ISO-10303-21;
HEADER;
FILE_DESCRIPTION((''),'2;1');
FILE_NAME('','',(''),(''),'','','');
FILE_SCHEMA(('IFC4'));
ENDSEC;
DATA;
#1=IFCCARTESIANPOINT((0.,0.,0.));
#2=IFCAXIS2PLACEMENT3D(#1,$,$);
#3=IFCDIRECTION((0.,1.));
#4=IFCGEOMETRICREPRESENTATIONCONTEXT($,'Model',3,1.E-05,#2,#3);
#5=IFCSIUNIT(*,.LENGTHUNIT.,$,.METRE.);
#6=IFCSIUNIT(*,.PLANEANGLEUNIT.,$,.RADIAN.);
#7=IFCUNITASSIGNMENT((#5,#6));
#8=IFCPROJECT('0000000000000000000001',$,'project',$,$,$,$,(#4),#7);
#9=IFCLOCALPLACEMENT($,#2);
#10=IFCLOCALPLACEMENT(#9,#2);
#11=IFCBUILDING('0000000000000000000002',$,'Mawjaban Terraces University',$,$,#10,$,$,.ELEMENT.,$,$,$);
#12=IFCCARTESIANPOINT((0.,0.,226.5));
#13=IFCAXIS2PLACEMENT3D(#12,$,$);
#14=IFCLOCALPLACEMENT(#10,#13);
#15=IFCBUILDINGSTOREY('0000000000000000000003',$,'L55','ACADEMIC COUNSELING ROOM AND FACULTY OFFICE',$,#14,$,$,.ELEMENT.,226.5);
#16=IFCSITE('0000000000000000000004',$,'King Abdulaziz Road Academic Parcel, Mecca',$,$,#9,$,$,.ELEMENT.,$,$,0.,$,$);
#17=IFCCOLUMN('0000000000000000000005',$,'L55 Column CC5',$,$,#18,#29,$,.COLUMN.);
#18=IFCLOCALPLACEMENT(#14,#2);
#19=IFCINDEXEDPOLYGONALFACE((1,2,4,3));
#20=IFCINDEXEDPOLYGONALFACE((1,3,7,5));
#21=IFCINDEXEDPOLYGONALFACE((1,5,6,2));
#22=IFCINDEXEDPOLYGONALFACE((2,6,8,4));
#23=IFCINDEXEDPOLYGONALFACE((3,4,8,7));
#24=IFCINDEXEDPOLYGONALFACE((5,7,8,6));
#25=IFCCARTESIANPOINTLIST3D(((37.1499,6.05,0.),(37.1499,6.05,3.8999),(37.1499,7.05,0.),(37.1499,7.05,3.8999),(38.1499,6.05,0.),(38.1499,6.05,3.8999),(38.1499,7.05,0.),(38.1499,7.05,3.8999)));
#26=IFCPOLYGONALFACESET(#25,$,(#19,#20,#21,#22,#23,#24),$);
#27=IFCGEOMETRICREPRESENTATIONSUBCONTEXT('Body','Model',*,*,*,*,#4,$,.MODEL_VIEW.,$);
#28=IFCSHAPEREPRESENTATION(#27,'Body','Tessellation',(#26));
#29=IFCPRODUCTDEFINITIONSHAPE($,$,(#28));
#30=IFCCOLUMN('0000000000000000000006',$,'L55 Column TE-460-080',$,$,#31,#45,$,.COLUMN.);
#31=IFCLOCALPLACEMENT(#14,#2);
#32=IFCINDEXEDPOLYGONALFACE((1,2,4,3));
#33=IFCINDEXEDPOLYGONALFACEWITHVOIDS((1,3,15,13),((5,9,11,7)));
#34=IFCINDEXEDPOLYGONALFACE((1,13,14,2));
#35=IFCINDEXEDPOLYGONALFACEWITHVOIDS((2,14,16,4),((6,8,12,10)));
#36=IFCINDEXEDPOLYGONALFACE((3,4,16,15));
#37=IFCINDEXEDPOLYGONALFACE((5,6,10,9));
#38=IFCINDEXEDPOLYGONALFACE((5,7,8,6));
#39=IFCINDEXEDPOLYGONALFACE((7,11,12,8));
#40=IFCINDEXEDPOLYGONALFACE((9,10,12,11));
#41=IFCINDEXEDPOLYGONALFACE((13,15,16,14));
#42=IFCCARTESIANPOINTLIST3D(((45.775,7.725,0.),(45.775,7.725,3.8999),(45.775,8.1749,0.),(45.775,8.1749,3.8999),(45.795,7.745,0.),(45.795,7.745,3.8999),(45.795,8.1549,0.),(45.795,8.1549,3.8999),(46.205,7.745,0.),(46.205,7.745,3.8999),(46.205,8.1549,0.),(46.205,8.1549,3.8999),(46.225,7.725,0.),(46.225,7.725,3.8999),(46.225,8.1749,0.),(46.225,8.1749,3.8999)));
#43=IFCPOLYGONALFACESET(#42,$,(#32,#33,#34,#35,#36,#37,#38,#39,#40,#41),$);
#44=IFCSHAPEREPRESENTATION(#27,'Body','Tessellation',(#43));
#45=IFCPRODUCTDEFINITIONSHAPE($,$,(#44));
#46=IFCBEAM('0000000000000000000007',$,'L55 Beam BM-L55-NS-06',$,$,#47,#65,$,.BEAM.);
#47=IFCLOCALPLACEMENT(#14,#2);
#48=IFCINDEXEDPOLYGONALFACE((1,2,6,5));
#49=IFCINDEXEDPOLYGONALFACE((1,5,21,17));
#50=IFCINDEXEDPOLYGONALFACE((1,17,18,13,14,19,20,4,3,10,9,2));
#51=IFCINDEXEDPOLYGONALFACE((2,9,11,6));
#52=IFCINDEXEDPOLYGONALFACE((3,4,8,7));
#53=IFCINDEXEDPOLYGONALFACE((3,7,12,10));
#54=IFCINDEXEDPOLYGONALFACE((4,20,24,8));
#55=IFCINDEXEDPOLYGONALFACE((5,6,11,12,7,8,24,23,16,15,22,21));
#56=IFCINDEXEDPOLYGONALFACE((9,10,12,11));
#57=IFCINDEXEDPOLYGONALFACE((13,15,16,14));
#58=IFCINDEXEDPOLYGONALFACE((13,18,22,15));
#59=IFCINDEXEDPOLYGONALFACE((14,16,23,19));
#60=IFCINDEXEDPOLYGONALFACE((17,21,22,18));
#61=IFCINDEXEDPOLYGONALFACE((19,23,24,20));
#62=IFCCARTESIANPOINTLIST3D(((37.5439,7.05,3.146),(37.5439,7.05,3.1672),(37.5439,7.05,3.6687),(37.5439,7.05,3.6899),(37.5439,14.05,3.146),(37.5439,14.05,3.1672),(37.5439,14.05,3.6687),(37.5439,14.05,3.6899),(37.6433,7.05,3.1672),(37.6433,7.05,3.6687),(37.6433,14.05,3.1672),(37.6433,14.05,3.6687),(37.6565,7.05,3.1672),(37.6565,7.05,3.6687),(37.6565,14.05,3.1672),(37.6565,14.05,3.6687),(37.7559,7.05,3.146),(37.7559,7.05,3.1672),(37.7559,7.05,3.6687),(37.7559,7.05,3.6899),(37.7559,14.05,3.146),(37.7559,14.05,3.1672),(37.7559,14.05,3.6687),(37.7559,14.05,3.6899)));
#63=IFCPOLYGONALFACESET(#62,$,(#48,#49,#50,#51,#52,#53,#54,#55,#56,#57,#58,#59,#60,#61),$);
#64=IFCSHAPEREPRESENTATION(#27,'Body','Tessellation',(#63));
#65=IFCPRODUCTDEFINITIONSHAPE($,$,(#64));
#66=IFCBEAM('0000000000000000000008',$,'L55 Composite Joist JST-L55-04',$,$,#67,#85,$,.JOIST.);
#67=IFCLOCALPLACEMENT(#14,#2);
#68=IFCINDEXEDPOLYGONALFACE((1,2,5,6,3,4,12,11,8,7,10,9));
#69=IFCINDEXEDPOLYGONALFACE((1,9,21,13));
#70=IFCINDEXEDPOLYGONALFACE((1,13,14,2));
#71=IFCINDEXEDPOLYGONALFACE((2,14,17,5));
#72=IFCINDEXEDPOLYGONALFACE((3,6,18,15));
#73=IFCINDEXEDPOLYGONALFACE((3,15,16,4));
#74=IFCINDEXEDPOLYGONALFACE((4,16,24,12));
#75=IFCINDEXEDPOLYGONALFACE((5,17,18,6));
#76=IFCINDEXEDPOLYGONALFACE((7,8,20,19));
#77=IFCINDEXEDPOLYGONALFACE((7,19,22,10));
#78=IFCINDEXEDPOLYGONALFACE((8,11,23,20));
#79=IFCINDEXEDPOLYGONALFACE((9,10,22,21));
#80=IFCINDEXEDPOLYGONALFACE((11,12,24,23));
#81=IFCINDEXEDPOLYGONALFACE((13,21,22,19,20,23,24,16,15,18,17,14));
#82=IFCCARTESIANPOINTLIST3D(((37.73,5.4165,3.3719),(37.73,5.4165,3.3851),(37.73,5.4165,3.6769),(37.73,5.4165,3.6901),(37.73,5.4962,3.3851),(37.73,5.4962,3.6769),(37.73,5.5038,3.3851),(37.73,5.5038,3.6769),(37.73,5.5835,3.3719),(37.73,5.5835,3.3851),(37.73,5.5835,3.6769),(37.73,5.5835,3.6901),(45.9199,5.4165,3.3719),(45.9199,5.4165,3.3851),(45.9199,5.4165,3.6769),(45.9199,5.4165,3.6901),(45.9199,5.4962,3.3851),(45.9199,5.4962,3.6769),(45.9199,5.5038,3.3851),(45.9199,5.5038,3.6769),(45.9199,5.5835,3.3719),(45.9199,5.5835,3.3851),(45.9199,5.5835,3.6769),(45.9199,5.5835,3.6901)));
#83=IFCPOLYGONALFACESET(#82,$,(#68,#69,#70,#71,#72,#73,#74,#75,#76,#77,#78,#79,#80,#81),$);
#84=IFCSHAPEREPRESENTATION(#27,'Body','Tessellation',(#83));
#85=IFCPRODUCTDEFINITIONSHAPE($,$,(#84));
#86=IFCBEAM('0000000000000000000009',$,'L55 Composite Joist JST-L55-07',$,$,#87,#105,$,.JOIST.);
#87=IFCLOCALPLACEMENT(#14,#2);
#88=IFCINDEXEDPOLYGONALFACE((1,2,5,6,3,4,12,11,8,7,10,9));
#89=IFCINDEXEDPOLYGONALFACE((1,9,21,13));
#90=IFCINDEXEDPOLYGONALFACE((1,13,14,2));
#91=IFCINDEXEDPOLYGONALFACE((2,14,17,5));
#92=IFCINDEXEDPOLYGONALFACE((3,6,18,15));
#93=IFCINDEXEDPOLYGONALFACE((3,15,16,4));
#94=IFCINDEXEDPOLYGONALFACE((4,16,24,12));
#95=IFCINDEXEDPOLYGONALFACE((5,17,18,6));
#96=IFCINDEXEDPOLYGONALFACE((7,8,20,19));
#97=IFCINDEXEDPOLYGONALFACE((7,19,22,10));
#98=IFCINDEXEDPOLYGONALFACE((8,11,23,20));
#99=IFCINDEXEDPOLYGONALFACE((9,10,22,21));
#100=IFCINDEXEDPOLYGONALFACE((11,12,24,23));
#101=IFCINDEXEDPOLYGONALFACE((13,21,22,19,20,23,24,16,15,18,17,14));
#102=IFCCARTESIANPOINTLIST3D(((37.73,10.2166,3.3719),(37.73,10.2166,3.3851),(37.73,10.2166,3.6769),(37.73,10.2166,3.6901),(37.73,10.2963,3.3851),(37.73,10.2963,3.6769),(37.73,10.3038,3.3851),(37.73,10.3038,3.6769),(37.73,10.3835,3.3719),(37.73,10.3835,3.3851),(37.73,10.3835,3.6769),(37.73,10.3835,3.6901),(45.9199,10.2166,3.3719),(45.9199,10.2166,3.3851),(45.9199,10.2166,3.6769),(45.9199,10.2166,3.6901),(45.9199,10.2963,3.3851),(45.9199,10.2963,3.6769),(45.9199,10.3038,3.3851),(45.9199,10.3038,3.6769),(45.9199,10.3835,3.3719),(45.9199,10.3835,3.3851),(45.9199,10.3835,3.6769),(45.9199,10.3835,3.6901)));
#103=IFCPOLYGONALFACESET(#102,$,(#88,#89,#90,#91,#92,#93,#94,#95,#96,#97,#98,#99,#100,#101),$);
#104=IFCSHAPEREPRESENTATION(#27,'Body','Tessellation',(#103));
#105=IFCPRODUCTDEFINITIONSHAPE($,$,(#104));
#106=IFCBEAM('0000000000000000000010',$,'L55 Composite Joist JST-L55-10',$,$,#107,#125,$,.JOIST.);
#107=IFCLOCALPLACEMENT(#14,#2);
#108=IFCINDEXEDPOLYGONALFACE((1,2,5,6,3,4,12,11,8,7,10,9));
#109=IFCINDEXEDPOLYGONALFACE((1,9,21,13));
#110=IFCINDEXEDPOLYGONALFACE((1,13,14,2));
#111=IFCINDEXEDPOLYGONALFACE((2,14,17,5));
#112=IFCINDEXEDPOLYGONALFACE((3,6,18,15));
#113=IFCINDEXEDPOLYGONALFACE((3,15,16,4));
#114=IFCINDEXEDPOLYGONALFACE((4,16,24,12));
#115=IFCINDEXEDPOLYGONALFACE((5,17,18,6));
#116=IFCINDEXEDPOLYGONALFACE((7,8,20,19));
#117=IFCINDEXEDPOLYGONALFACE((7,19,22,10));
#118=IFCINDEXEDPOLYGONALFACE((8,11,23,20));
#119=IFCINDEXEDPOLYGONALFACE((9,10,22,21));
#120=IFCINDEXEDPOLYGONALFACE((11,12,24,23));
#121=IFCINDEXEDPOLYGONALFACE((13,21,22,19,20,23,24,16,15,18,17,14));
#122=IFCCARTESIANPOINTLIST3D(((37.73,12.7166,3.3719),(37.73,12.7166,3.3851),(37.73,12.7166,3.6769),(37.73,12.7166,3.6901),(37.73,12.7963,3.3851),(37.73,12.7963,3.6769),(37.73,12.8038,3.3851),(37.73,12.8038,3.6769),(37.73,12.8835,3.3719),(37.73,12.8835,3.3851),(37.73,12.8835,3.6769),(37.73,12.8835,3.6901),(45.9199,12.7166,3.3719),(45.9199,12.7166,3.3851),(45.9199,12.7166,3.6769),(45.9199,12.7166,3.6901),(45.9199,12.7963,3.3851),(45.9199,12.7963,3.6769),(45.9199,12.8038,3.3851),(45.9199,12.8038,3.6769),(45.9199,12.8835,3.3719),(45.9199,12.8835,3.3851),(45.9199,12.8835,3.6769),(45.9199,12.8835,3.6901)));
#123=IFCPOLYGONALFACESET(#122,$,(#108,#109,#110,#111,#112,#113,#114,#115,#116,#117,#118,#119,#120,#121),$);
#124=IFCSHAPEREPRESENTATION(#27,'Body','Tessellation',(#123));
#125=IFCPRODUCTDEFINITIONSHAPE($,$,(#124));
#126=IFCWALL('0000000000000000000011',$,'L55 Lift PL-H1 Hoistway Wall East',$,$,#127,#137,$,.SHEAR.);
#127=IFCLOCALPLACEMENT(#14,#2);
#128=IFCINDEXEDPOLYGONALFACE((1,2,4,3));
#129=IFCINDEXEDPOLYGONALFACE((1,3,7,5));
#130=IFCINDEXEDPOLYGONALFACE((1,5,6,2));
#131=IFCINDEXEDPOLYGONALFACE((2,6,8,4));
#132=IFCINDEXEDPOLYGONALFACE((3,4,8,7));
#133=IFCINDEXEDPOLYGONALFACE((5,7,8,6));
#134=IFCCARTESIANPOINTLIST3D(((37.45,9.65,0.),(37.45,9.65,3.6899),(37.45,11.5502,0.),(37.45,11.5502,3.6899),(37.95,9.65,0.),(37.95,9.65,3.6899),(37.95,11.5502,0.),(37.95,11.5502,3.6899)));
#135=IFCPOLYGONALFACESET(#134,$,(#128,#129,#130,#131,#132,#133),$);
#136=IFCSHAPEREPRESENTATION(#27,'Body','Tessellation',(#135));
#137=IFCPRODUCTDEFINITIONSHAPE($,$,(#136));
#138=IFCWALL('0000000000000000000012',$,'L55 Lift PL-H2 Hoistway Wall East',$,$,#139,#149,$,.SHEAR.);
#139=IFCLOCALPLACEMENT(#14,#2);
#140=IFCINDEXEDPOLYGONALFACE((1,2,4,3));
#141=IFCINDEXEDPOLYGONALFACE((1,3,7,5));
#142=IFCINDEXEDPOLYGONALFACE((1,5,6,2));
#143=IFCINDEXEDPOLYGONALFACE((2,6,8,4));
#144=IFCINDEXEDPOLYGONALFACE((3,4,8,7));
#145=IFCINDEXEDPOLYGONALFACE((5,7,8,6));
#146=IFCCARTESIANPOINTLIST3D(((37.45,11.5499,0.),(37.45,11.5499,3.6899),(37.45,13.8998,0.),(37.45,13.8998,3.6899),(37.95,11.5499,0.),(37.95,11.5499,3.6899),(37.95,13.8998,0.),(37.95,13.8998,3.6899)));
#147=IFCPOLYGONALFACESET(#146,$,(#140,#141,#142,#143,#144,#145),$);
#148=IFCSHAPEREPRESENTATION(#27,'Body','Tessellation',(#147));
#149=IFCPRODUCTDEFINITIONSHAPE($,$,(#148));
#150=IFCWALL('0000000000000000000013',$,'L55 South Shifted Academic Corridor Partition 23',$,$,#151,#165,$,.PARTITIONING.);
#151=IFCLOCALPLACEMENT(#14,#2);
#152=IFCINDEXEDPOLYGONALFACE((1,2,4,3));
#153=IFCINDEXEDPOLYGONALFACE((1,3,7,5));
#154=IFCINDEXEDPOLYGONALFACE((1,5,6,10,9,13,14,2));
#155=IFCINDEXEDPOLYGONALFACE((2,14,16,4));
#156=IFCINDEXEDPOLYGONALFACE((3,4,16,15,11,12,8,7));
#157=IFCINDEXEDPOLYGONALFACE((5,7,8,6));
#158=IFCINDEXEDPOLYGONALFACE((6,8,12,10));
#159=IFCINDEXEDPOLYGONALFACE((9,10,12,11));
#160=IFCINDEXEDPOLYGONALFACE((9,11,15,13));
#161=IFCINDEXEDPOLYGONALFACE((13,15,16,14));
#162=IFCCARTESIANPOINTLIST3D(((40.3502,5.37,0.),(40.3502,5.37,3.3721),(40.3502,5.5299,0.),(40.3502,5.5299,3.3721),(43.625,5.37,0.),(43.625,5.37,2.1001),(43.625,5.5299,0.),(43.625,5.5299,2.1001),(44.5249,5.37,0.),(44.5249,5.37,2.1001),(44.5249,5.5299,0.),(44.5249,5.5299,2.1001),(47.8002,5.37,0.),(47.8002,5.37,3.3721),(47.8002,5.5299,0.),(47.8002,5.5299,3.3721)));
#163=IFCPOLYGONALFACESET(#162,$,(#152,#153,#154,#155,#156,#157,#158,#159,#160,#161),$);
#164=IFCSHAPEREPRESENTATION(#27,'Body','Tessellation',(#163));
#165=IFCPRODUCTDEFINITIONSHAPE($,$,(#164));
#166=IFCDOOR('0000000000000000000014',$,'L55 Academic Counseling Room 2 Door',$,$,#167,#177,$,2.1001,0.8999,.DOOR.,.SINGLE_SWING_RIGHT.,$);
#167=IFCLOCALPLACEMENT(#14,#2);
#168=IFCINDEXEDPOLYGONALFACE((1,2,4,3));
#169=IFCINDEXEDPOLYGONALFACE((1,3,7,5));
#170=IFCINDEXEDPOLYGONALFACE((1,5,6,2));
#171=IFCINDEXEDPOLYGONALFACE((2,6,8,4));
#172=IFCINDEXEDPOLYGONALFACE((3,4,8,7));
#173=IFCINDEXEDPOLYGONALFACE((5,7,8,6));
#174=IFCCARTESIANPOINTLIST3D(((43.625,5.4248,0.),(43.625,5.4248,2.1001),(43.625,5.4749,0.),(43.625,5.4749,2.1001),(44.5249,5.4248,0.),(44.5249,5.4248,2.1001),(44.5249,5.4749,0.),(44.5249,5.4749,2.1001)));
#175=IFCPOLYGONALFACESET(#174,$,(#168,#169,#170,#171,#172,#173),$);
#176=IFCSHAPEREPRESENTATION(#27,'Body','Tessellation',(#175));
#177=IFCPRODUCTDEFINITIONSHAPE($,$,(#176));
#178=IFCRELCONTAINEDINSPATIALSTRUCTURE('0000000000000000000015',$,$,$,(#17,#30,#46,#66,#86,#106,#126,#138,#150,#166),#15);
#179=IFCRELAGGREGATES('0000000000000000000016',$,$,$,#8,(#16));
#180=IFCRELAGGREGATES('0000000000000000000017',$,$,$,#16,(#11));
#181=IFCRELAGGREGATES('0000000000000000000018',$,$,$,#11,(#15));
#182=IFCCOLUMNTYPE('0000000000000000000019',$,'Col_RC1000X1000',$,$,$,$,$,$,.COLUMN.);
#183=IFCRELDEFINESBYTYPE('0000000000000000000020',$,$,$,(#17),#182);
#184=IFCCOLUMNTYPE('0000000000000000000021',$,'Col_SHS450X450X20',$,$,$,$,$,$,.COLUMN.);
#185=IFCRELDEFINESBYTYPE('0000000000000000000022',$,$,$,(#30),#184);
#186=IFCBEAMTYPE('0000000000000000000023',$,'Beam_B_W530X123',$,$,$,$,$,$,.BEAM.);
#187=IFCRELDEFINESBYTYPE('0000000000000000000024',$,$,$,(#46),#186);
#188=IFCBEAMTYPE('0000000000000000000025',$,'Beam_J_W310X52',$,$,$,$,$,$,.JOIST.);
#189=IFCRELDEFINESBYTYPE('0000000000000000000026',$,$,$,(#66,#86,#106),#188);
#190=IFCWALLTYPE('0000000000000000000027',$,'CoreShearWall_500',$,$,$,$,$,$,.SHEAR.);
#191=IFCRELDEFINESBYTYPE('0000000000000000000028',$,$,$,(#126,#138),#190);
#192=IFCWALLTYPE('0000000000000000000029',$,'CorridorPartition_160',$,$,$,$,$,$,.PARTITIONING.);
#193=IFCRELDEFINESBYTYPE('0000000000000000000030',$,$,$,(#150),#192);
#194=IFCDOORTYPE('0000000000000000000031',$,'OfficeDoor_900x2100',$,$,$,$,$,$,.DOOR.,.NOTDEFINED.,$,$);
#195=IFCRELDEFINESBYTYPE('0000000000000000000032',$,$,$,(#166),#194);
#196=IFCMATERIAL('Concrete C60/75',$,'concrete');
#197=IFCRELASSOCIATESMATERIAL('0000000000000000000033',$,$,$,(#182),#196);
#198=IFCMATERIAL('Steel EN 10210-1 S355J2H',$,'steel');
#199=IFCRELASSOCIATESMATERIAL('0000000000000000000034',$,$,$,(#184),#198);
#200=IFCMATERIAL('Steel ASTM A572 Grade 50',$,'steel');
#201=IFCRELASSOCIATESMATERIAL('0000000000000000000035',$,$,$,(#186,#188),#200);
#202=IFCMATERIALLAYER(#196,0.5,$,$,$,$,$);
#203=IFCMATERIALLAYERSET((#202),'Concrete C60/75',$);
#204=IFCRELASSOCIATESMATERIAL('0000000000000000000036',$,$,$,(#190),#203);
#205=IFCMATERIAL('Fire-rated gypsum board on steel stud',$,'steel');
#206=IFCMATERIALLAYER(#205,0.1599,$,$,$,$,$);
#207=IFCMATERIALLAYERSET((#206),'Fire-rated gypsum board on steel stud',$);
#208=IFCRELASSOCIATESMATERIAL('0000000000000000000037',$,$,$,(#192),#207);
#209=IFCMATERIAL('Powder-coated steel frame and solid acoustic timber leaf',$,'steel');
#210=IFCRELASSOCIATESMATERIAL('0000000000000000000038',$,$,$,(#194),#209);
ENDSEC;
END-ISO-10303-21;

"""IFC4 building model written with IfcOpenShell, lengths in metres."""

from ifc_helpers import new_model, si_unit, direction, frame, frame_2d, origin, origin_2d, place, context, subcontext, project, spatial, rectangle, hollow_rectangle, i_section, extrude, material, layer, layer_set, material_profile, profile_set, type_object, element, fill, save


model = new_model("IFC4")

# Units and contexts
model_context = context("Model", 3, precision=1e-05, world=origin(), true_north=direction((0.0, 1.0)))
body_context = subcontext(model_context, "Body", "Model", "MODEL_VIEW")
ifc_project = project(units=[si_unit("LENGTHUNIT", "METRE"), si_unit("PLANEANGLEUNIT", "RADIAN")], contexts=[model_context])

# Site, building, storey
site_placement = place(None, origin())
site = spatial("IfcSite", under=ifc_project, at=site_placement, Name="King Abdulaziz Road Academic Parcel, Mecca", CompositionType="ELEMENT", RefElevation=0.0)
building_placement = place(site_placement, origin())
building = spatial("IfcBuilding", under=site, at=building_placement, Name="Mawjaban Terraces University", CompositionType="ELEMENT")
storey_placement = place(building_placement, frame((0.0, 0.0, 226.5)))
storey = spatial("IfcBuildingStorey", under=building, at=storey_placement, Name="L55", Description="ACADEMIC COUNSELING ROOM AND FACULTY OFFICE", CompositionType="ELEMENT", Elevation=226.5)

# Columns
ifc_material_1 = material(Name="Concrete C60/75", Category="concrete")
ifc_material_profile_1 = material_profile(ifc_material_1, rectangle(XDim=1.0, YDim=1.0, at=origin_2d()), Name="RC1000X1000")
ifc_profile_set_1 = profile_set([ifc_material_profile_1], Name="Concrete C60/75")
column_type_1 = type_object("IfcColumnType", Name="Col_RC1000X1000", PredefinedType="COLUMN", material=ifc_profile_set_1)
column_1_placement = place(storey_placement, frame((37.6499, 6.55, 0.0), z_axis=(0.0, 0.0, 1.0), x_axis=(1.0, 0.0, 0.0)))
element("IfcColumn", 1, at=column_1_placement, inside=storey, type_object=column_type_1, Name="L55 Column CC5", PredefinedType="COLUMN", context=body_context, shape_type="SweptSolid", body=[
    extrude(rectangle(XDim=1.0, YDim=1.0, at=origin_2d()), origin(), (0.0, 0.0, 1.0), 3.8999),
])
ifc_material_2 = material(Name="Steel EN 10210-1 S355J2H", Category="steel")
ifc_material_profile_2 = material_profile(ifc_material_2, hollow_rectangle(XDim=0.45, YDim=0.45, WallThickness=0.02, at=origin_2d()), Name="SHS450X450X20")
ifc_profile_set_2 = profile_set([ifc_material_profile_2], Name="Steel EN 10210-1 S355J2H")
column_type_2 = type_object("IfcColumnType", Name="Col_SHS450X450X20", PredefinedType="COLUMN", material=ifc_profile_set_2)
column_2_placement = place(storey_placement, frame((46.0, 7.95, 0.0), z_axis=(0.0, 0.0, 1.0), x_axis=(1.0, 0.0, 0.0)))
element("IfcColumn", 2, at=column_2_placement, inside=storey, type_object=column_type_2, Name="L55 Column TE-460-080", PredefinedType="COLUMN", context=body_context, shape_type="SweptSolid", body=[
    extrude(hollow_rectangle(XDim=0.45, YDim=0.45, WallThickness=0.02, at=origin_2d()), origin(), (0.0, 0.0, 1.0), 3.8999),
])

# Beams
ifc_material_3 = material(Name="Steel ASTM A572 Grade 50", Category="steel")
ifc_material_profile_3 = material_profile(ifc_material_3, i_section(OverallWidth=0.2119, OverallDepth=0.5439, WebThickness=0.0132, FlangeThickness=0.0212, at=origin_2d()), Name="W530X123")
ifc_profile_set_3 = profile_set([ifc_material_profile_3], Name="Steel ASTM A572 Grade 50")
beam_type_1 = type_object("IfcBeamType", Name="Beam_B_W530X123", PredefinedType="BEAM", material=ifc_profile_set_3)
beam_placement = place(storey_placement, frame((37.6499, 7.05, 3.418), z_axis=(0.0, 1.0, 0.0), x_axis=(-1.0, 0.0, 0.0)))
element("IfcBeam", 3, at=beam_placement, inside=storey, type_object=beam_type_1, Name="L55 Beam BM-L55-NS-06", PredefinedType="BEAM", context=body_context, shape_type="SweptSolid", body=[
    extrude(i_section(OverallWidth=0.2119, OverallDepth=0.5439, WebThickness=0.0132, FlangeThickness=0.0212, at=origin_2d()), origin(), (0.0, 0.0, 1.0), 7.0),
])
ifc_material_profile_4 = material_profile(ifc_material_3, i_section(OverallWidth=0.167, OverallDepth=0.3181, WebThickness=0.0076, FlangeThickness=0.0132, at=origin_2d()), Name="W310X52")
ifc_profile_set_4 = profile_set([ifc_material_profile_4], Name="Steel ASTM A572 Grade 50")
beam_type_2 = type_object("IfcBeamType", Name="Beam_J_W310X52", PredefinedType="JOIST", material=ifc_profile_set_4)
for number, where, z_axis, x_axis, name in (
    (4, (37.73, 5.5, 3.531), (1.0, 0.0, 0.0), (0.0, 1.0, 0.0), "L55 Composite Joist JST-L55-04"),
    (5, (37.73, 10.3, 3.531), (1.0, 0.0, 0.0), (0.0, 1.0, 0.0), "L55 Composite Joist JST-L55-07"),
    (6, (37.73, 12.8, 3.531), (1.0, 0.0, 0.0), (0.0, 1.0, 0.0), "L55 Composite Joist JST-L55-10"),
):
    element("IfcBeam", number, at=place(storey_placement, frame(where, z_axis=z_axis, x_axis=x_axis)), inside=storey, type_object=beam_type_2, Name=name, PredefinedType="JOIST", context=body_context, shape_type="SweptSolid", body=[
        extrude(i_section(OverallWidth=0.167, OverallDepth=0.3181, WebThickness=0.0076, FlangeThickness=0.0132, at=origin_2d()), origin(), (0.0, 0.0, 1.0), 8.1899),
    ])

# Walls
ifc_layer_1 = layer(ifc_material_1, 0.5)
ifc_layer_set_1 = layer_set([ifc_layer_1], Name="Concrete C60/75")
wall_type_1 = type_object("IfcWallType", Name="CoreShearWall_500", PredefinedType="SHEAR", material=ifc_layer_set_1)
wall_1_placement = place(storey_placement, frame((37.7, 9.6499, 0.0), z_axis=(0.0, 0.0, 1.0), x_axis=(0.0, 1.0, 0.0)))
element("IfcWall", 7, at=wall_1_placement, inside=storey, type_object=wall_type_1, Name="L55 Lift PL-H1 Hoistway Wall East", PredefinedType="SHEAR", context=body_context, shape_type="SweptSolid", body=[
    extrude(rectangle(XDim=1.9001, YDim=0.5, at=frame_2d((0.9502, 0.0))), origin(), (0.0, 0.0, 1.0), 3.6899),
])
wall_2_placement = place(storey_placement, frame((37.7, 11.55, 0.0), z_axis=(0.0, 0.0, 1.0), x_axis=(0.0, 1.0, 0.0)))
element("IfcWall", 8, at=wall_2_placement, inside=storey, type_object=wall_type_1, Name="L55 Lift PL-H2 Hoistway Wall East", PredefinedType="SHEAR", context=body_context, shape_type="SweptSolid", body=[
    extrude(rectangle(XDim=2.3499, YDim=0.5, at=frame_2d((1.1748, 0.0))), origin(), (0.0, 0.0, 1.0), 3.6899),
])

# Wall, opening, door
ifc_material_4 = material(Name="Fire-rated gypsum board on steel stud", Category="steel")
ifc_layer_2 = layer(ifc_material_4, 0.1599)
ifc_layer_set_2 = layer_set([ifc_layer_2], Name="Fire-rated gypsum board on steel stud")
wall_type_2 = type_object("IfcWallType", Name="CorridorPartition_160", PredefinedType="PARTITIONING", material=ifc_layer_set_2)
wall_3_placement = place(storey_placement, frame((40.3501, 5.45, 0.0), z_axis=(0.0, 0.0, 1.0), x_axis=(1.0, 0.0, 0.0)))
wall_3 = element("IfcWall", 9, at=wall_3_placement, inside=storey, type_object=wall_type_2, Name="L55 South Shifted Academic Corridor Partition 23", PredefinedType="PARTITIONING", context=body_context, shape_type="SweptSolid", body=[
    extrude(rectangle(XDim=7.45, YDim=0.1599, at=frame_2d((3.7251, 0.0))), origin(), (0.0, 0.0, 1.0), 3.3721),
])
opening_1_placement = place(wall_3_placement, frame((3.2749, 0.0, 0.0)))
opening_1 = element("IfcOpeningElement", 10, at=opening_1_placement, cuts=wall_3, PredefinedType="OPENING", context=body_context, shape_type="SweptSolid", body=[
    extrude(rectangle(XDim=0.8999, YDim=2.1001, at=frame_2d((0.45, 1.05))), frame((0.0, 0.0898, 0.0), z_axis=(0.0, -1.0, 0.0), x_axis=(1.0, 0.0, 0.0)), (0.0, 0.0, 1.0), 0.1799),
])
ifc_material_5 = material(Name="Powder-coated steel frame and solid acoustic timber leaf", Category="steel")
door_type_1 = type_object("IfcDoorType", Name="OfficeDoor_900x2100", OperationType="NOTDEFINED", PredefinedType="DOOR", material=ifc_material_5)
door_1_placement = place(opening_1_placement, origin())
door_1 = element("IfcDoor", 11, at=door_1_placement, inside=storey, type_object=door_type_1, Name="L55 Academic Counseling Room 2 Door", OperationType="SINGLE_SWING_RIGHT", OverallHeight=2.1001, OverallWidth=0.8999, PredefinedType="DOOR", context=body_context, shape_type="SweptSolid", body=[
    extrude(rectangle(XDim=0.8999, YDim=2.1001, at=frame_2d((0.45, 1.05))), frame((0.0, 0.0249, 0.0), z_axis=(0.0, -1.0, 0.0), x_axis=(1.0, 0.0, 0.0)), (0.0, 0.0, 1.0), 0.05),
])
fill(opening_1, door_1)

save(model, "model.ifc")
